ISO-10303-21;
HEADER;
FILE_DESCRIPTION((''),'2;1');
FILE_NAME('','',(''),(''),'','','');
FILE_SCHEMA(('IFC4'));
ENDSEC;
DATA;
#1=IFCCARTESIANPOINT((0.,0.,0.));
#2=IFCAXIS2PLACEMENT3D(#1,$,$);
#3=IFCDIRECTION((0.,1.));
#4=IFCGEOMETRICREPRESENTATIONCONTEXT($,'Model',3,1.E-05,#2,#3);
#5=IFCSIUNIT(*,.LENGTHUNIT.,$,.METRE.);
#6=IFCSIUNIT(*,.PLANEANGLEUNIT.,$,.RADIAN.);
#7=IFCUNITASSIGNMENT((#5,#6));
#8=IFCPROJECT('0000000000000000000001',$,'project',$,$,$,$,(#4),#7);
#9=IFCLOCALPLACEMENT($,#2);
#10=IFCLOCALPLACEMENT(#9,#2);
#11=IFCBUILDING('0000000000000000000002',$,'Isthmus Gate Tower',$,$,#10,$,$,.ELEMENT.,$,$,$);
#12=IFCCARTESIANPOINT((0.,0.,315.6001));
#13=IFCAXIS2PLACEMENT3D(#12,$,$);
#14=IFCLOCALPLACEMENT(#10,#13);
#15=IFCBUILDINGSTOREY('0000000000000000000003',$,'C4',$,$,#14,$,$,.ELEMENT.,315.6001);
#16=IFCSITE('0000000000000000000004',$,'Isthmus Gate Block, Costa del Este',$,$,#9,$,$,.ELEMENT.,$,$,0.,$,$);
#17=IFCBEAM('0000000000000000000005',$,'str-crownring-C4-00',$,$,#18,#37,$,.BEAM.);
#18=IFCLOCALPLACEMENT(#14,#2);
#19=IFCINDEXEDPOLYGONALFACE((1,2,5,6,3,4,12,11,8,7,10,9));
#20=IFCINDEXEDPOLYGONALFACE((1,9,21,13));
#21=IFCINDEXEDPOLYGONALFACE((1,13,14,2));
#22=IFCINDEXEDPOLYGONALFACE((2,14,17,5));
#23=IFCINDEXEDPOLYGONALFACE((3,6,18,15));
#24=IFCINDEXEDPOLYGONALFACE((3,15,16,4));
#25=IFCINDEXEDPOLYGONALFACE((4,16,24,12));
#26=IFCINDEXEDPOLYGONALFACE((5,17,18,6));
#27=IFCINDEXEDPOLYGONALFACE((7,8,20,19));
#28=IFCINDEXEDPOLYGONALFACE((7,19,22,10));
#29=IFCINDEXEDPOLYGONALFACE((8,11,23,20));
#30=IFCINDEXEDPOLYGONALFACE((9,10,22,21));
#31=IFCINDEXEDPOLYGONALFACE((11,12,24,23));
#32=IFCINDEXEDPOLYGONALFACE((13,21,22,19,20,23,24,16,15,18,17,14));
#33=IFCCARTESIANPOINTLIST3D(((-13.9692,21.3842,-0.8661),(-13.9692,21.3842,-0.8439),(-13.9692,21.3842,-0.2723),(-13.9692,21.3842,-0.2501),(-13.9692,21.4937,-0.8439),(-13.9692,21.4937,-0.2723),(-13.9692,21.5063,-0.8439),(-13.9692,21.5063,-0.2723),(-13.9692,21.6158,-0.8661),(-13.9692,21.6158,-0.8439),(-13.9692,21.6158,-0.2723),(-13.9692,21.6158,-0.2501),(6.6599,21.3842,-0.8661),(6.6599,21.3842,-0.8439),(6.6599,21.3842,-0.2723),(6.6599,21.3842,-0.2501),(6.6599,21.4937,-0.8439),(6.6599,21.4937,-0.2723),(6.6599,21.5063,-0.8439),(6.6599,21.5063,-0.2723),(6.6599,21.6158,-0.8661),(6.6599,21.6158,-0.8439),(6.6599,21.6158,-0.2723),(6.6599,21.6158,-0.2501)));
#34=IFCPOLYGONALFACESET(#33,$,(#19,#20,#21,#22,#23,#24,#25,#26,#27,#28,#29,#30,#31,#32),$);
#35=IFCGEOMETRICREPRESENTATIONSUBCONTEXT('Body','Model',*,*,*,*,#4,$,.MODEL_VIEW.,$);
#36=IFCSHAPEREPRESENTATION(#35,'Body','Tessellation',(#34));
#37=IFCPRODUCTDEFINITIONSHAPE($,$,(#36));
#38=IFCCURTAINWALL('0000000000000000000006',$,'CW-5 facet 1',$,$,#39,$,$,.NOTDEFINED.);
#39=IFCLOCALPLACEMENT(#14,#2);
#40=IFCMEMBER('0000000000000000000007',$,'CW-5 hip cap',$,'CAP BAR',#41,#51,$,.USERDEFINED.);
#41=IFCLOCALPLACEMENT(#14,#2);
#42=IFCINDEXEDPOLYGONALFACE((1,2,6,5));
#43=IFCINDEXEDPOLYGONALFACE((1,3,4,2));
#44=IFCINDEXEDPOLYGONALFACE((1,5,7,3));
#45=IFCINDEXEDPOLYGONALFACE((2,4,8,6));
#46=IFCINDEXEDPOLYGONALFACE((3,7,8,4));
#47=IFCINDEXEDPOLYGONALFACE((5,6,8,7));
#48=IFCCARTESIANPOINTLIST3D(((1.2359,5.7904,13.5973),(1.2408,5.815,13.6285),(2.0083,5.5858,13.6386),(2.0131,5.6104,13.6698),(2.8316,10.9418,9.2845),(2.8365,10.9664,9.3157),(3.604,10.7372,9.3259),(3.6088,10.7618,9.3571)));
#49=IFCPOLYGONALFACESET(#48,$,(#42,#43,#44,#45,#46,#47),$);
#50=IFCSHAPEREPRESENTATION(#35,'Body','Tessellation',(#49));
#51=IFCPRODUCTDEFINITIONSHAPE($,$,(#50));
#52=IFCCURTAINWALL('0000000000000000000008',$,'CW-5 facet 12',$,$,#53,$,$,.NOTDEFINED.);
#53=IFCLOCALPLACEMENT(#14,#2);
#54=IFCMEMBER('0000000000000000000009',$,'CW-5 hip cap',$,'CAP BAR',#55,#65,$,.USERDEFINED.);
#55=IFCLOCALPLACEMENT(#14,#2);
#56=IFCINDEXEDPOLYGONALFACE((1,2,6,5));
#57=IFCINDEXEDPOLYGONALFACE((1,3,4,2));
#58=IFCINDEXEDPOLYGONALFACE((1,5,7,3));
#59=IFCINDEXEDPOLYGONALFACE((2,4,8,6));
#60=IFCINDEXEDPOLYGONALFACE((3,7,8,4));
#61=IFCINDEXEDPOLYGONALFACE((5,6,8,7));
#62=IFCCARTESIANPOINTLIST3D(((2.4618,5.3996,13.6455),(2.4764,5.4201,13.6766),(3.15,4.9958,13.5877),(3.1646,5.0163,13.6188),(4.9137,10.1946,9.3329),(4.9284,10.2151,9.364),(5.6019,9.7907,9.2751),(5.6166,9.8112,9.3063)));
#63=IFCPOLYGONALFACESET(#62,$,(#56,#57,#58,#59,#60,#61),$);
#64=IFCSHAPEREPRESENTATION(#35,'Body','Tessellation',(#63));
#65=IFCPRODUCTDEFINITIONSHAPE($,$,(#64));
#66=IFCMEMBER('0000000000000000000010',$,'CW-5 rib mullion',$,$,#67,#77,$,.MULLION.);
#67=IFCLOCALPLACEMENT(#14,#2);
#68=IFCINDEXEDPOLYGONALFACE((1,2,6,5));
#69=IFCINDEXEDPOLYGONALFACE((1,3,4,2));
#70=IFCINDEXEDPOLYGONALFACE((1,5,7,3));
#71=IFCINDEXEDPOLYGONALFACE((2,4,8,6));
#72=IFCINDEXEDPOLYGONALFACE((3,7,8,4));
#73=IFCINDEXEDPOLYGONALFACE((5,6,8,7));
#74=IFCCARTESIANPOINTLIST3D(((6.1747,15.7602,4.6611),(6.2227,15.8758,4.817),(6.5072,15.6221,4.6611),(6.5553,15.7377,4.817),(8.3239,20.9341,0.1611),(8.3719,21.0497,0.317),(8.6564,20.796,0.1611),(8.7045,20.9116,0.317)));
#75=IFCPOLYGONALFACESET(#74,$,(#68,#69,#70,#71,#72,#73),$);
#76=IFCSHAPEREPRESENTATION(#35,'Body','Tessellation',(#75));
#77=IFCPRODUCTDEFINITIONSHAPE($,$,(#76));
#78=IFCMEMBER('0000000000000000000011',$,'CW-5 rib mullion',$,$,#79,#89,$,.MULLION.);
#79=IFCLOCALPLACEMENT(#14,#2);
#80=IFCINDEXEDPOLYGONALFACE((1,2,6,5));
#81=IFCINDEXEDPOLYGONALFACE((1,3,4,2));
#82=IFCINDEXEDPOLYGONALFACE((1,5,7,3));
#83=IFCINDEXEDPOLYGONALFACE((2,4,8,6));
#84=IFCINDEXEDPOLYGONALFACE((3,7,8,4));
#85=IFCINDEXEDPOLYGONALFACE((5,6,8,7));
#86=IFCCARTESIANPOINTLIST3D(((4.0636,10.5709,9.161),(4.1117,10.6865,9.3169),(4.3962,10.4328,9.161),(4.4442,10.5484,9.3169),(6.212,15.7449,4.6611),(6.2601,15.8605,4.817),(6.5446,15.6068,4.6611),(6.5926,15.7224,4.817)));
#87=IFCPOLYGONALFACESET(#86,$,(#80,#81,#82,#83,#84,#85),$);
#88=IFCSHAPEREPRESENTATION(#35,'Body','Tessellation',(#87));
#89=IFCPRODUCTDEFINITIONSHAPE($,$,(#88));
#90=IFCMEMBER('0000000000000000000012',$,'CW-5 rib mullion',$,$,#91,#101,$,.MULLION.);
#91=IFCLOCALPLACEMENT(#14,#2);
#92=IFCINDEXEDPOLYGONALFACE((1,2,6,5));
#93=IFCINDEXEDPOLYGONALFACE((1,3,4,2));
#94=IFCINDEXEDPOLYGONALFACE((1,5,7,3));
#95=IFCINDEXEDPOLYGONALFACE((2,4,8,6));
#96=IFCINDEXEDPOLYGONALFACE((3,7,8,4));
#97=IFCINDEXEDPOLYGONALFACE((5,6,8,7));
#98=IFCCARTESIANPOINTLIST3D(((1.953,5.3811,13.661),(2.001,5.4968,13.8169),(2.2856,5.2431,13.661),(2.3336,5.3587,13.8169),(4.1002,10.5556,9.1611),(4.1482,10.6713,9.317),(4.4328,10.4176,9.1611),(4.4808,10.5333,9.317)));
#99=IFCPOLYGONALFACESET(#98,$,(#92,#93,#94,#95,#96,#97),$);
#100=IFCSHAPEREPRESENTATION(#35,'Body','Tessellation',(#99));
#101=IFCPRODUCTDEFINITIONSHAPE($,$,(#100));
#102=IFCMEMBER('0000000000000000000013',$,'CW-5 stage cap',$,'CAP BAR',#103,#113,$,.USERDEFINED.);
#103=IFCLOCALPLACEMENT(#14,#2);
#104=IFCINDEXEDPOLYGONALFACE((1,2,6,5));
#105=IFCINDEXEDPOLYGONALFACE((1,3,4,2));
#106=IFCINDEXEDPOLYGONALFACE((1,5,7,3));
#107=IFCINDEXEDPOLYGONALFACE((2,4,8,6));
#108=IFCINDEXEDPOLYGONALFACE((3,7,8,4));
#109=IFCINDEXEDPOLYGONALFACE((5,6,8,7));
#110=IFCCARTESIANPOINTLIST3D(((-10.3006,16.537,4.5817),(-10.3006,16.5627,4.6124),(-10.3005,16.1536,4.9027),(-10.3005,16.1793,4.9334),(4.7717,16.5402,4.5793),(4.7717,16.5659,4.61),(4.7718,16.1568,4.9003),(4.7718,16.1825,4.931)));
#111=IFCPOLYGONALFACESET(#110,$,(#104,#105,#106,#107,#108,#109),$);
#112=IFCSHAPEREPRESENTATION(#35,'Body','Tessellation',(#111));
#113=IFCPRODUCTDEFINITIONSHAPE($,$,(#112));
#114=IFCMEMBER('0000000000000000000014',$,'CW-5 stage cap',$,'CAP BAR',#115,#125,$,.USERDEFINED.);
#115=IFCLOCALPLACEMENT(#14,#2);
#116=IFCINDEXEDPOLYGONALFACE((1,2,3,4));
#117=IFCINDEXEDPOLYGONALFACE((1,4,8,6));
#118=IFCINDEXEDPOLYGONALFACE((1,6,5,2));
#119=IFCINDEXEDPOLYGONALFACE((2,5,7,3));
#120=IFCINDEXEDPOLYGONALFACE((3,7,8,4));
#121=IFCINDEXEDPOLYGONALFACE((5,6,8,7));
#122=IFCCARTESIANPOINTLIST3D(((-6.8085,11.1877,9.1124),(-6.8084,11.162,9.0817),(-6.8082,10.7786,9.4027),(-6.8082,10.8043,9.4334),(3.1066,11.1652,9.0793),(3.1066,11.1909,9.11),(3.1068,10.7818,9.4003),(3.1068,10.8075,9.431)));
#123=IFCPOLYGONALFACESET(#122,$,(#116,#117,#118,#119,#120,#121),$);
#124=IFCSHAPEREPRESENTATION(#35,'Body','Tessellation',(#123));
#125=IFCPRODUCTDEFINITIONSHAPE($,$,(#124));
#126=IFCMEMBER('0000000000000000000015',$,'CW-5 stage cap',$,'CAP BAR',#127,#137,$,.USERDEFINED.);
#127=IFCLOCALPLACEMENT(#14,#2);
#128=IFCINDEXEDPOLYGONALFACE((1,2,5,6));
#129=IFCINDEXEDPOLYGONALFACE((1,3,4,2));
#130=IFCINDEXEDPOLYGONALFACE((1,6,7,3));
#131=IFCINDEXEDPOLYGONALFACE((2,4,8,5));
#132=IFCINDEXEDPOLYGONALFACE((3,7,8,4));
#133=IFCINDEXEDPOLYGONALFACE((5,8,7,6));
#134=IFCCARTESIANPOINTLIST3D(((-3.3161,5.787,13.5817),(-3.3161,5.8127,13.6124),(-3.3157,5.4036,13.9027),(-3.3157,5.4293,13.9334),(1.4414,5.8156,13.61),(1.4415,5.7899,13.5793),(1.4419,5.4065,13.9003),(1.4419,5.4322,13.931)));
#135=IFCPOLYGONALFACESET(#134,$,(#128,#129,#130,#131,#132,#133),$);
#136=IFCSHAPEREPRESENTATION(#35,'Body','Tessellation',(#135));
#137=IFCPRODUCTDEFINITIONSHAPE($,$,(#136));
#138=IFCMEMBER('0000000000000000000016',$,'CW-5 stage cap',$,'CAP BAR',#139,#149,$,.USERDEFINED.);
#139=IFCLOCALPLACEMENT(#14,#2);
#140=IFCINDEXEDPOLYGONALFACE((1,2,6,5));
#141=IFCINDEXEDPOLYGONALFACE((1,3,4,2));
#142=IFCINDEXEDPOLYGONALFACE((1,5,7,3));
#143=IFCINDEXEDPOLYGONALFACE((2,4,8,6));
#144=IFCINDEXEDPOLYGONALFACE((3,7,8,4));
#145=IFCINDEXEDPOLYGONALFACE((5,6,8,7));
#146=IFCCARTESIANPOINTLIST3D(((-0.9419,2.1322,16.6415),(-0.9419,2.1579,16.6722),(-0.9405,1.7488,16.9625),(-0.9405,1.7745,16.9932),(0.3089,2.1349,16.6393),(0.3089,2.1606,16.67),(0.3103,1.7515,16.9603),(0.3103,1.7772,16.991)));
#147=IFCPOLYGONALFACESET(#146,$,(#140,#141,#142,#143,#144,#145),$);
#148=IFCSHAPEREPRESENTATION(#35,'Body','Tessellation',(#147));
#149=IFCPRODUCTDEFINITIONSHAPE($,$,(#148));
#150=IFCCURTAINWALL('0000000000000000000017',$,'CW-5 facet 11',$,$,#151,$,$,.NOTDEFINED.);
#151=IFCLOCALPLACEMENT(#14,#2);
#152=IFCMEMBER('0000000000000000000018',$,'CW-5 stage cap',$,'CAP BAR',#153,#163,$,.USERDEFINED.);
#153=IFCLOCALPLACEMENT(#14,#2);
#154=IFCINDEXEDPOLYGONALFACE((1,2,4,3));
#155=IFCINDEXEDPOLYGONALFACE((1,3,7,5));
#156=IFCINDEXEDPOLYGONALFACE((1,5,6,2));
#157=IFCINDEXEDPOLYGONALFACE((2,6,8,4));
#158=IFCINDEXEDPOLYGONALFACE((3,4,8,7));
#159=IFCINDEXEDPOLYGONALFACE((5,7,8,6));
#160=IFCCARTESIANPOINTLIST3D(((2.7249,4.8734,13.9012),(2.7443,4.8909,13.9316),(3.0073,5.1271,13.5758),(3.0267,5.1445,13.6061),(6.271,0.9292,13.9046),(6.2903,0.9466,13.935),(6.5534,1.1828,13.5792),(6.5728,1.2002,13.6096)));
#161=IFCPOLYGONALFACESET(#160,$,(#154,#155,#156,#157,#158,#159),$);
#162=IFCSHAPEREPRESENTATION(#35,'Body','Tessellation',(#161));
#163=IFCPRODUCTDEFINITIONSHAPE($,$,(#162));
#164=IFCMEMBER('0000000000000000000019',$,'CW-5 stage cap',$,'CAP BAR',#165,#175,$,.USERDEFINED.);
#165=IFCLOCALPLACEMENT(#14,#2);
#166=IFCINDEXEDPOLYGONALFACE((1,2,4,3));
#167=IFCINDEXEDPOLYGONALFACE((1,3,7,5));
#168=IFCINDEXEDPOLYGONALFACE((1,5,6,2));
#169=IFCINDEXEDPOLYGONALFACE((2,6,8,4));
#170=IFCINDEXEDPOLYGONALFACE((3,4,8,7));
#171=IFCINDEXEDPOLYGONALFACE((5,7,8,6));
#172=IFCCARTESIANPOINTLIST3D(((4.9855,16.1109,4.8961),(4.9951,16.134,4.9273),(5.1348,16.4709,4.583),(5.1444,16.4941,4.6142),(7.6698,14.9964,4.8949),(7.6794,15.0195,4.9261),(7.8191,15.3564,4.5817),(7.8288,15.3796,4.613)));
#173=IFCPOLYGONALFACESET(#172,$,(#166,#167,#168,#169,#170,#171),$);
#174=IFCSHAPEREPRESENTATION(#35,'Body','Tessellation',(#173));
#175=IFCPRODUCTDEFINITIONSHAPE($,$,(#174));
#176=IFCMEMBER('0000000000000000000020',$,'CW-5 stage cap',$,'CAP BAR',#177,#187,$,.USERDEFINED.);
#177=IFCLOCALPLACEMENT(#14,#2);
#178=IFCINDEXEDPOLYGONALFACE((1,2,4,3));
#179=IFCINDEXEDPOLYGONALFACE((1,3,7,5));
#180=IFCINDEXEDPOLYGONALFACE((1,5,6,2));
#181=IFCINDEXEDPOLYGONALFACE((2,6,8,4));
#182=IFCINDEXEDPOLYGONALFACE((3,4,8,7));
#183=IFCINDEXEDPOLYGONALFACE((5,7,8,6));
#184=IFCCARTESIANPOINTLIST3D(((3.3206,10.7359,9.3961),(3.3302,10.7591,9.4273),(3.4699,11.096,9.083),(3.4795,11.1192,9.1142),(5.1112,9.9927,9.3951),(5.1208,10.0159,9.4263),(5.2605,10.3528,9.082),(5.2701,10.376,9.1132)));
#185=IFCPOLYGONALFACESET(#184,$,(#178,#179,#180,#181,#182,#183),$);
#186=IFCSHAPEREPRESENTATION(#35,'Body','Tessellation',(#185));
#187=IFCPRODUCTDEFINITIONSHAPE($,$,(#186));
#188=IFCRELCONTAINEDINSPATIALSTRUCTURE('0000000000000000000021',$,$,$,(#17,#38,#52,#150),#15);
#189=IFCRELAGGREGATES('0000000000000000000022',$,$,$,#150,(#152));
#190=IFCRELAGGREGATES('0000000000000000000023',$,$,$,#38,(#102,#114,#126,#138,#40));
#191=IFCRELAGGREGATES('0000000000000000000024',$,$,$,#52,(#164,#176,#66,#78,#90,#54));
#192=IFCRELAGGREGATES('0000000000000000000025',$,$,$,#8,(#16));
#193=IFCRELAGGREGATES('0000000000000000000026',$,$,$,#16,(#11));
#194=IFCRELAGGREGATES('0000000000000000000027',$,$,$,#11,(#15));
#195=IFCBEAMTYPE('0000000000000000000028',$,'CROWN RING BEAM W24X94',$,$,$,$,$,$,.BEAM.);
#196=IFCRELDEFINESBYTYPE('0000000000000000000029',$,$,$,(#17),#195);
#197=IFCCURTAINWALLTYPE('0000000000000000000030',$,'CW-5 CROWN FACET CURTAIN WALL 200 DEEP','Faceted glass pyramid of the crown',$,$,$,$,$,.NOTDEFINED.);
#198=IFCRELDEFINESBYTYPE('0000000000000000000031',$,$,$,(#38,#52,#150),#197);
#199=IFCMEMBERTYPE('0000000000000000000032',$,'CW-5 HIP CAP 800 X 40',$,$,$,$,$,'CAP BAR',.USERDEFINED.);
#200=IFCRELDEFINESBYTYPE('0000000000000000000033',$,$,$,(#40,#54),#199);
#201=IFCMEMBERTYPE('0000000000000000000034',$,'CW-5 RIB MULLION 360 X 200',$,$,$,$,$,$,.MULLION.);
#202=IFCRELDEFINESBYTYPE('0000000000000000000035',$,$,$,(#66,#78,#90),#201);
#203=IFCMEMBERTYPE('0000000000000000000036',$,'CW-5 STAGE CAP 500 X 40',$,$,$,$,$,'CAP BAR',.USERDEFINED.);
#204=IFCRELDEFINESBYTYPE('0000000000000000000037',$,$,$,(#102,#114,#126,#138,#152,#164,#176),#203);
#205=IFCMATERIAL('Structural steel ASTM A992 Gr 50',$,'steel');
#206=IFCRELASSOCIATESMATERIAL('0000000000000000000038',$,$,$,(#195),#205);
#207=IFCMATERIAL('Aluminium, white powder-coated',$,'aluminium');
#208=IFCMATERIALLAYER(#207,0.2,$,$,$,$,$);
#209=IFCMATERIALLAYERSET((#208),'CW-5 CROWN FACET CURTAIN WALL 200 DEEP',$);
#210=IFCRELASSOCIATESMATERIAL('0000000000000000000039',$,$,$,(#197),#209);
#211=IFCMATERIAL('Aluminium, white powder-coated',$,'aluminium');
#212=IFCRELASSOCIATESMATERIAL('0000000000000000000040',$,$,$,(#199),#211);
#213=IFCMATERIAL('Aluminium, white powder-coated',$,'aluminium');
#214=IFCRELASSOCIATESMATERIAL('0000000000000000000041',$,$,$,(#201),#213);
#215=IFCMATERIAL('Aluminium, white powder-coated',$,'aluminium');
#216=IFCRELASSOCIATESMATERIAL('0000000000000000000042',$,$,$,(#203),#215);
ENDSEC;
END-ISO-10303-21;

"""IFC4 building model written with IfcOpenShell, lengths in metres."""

from ifc_helpers import new_model, si_unit, direction, frame, origin, origin_2d, place, context, subcontext, project, spatial, rectangle, i_section, extrude, material, layer, layer_set, material_profile, profile_set, type_object, element, aggregate, save


model = new_model("IFC4")

# Units and contexts
model_context = context("Model", 3, precision=1e-05, world=origin(), true_north=direction((0.0, 1.0)))
body_context = subcontext(model_context, "Body", "Model", "MODEL_VIEW")
ifc_project = project(units=[si_unit("LENGTHUNIT", "METRE"), si_unit("PLANEANGLEUNIT", "RADIAN")], contexts=[model_context])

# Site, building, storey
site_placement = place(None, origin())
site = spatial("IfcSite", under=ifc_project, at=site_placement, Name="Isthmus Gate Block, Costa del Este", CompositionType="ELEMENT", RefElevation=0.0)
building_placement = place(site_placement, origin())
building = spatial("IfcBuilding", under=site, at=building_placement, Name="Isthmus Gate Tower", CompositionType="ELEMENT")
storey_placement = place(building_placement, frame((0.0, 0.0, 315.6001)))
storey = spatial("IfcBuildingStorey", under=building, at=storey_placement, Name="C4", CompositionType="ELEMENT", Elevation=315.6001)

# Beam
ifc_material_1 = material(Name="Structural steel ASTM A992 Gr 50", Category="steel")
ifc_material_profile_1 = material_profile(ifc_material_1, i_section(OverallWidth=0.2317, OverallDepth=0.616, WebThickness=0.0127, FlangeThickness=0.0222, at=origin_2d()), Name="W24X94")
ifc_profile_set_1 = profile_set([ifc_material_profile_1], Name="Structural steel ASTM A992 Gr 50")
beam_type = type_object("IfcBeamType", Name="CROWN RING BEAM W24X94", PredefinedType="BEAM", material=ifc_profile_set_1)
beam_placement = place(storey_placement, frame((6.6599, 21.5, -0.5581), z_axis=(-1.0, 0.0, 0.0), x_axis=(0.0, -1.0, 0.0)))
element("IfcBeam", 1, at=beam_placement, inside=storey, type_object=beam_type, Name="str-crownring-C4-00", PredefinedType="BEAM", context=body_context, shape_type="SweptSolid", body=[
    extrude(i_section(OverallWidth=0.2317, OverallDepth=0.616, WebThickness=0.0127, FlangeThickness=0.0222, at=origin_2d()), origin(), (0.0, 0.0, 1.0), 20.6292),
])

# Curtain wall, member
ifc_material_2 = material(Name="Aluminium, white powder-coated", Category="aluminium")
ifc_layer_1 = layer(ifc_material_2, 0.2)
ifc_layer_set_1 = layer_set([ifc_layer_1], Name="CW-5 CROWN FACET CURTAIN WALL 200 DEEP")
curtain_wall_type = type_object("IfcCurtainWallType", Name="CW-5 CROWN FACET CURTAIN WALL 200 DEEP", Description="Faceted glass pyramid of the crown", PredefinedType="NOTDEFINED", material=ifc_layer_set_1)
curtain_wall_1_placement = place(storey_placement, origin())
curtain_wall_1 = element("IfcCurtainWall", 2, at=curtain_wall_1_placement, inside=storey, type_object=curtain_wall_type, Name="CW-5 facet 1", PredefinedType="NOTDEFINED")
ifc_material_3 = material(Name="Aluminium, white powder-coated", Category="aluminium")
ifc_material_profile_2 = material_profile(ifc_material_3, rectangle(XDim=0.8, YDim=0.04, at=origin_2d()), Name="800x40")
ifc_profile_set_2 = profile_set([ifc_material_profile_2], Name="Aluminium, white powder-coated")
member_type_1 = type_object("IfcMemberType", Name="CW-5 HIP CAP 800 X 40", ElementType="CAP BAR", PredefinedType="USERDEFINED", material=ifc_profile_set_2)
placement_1 = place(building_placement, frame((0.0, 0.0, 324.6001)))
member_1_placement = place(placement_1, frame((3.2202, 10.8518, 0.3208), z_axis=(-0.231085, -0.746006, 0.624559), x_axis=(0.96536, -0.255749, 0.0517)))
member_1 = element("IfcMember", 3, at=member_1_placement, type_object=member_type_1, Name="CW-5 hip cap", ObjectType="CAP BAR", PredefinedType="USERDEFINED", context=body_context, shape_type="SweptSolid", body=[
    extrude(rectangle(XDim=0.8, YDim=0.04, at=origin_2d()), origin(), (0.0, 0.0, 1.0), 6.9053),
])

# Curtain wall, members
curtain_wall_2_placement = place(storey_placement, origin())
curtain_wall_2 = element("IfcCurtainWall", 4, at=curtain_wall_2_placement, inside=storey, type_object=curtain_wall_type, Name="CW-5 facet 12", PredefinedType="NOTDEFINED")
member_2_placement = place(placement_1, frame((5.2651, 10.0029, 0.3196), z_axis=(-0.355383, -0.694984, 0.625061), x_axis=(0.860202, -0.504814, -0.072211)))
member_2 = element("IfcMember", 5, at=member_2_placement, type_object=member_type_1, Name="CW-5 hip cap", ObjectType="CAP BAR", PredefinedType="USERDEFINED", context=body_context, shape_type="SweptSolid", body=[
    extrude(rectangle(XDim=0.8, YDim=0.04, at=origin_2d()), origin(), (0.0, 0.0, 1.0), 6.8994),
])
ifc_material_4 = material(Name="Aluminium, white powder-coated", Category="aluminium")
ifc_material_profile_3 = material_profile(ifc_material_4, rectangle(XDim=0.3601, YDim=0.2, at=origin_2d()), Name="360x200")
ifc_profile_set_3 = profile_set([ifc_material_profile_3], Name="Aluminium, white powder-coated")
member_type_2 = type_object("IfcMemberType", Name="CW-5 RIB MULLION 360 X 200", PredefinedType="MULLION", material=ifc_profile_set_3)
member_3_placement = place(storey_placement, frame((8.5142, 20.9229, 0.239), z_axis=(-0.299081, -0.719995, 0.626225), x_axis=(0.923494, -0.383613, 0.0)))
member_3 = element("IfcMember", 6, at=member_3_placement, type_object=member_type_2, Name="CW-5 rib mullion", PredefinedType="MULLION", context=body_context, shape_type="SweptSolid", body=[
    extrude(rectangle(XDim=0.3601, YDim=0.2, at=origin_2d()), origin(), (0.0, 0.0, 1.0), 7.186),
])
placement_2 = place(building_placement, frame((0.0, 0.0, 320.1001)))
member_4_placement = place(placement_2, frame((6.4023, 15.7336, 0.239), z_axis=(-0.298981, -0.720034, 0.626228), x_axis=(0.923547, -0.383486, 0.0)))
member_4 = element("IfcMember", 7, at=member_4_placement, type_object=member_type_2, Name="CW-5 rib mullion", PredefinedType="MULLION", context=body_context, shape_type="SweptSolid", body=[
    extrude(rectangle(XDim=0.3601, YDim=0.2, at=origin_2d()), origin(), (0.0, 0.0, 1.0), 7.1858),
])
member_5_placement = place(placement_1, frame((4.2905, 10.5444, 0.239), z_axis=(-0.298811, -0.720103, 0.62623), x_axis=(0.923637, -0.383269, 0.0)))
member_5 = element("IfcMember", 8, at=member_5_placement, type_object=member_type_2, Name="CW-5 rib mullion", PredefinedType="MULLION", context=body_context, shape_type="SweptSolid", body=[
    extrude(rectangle(XDim=0.3601, YDim=0.2, at=origin_2d()), origin(), (0.0, 0.0, 1.0), 7.1858),
])

# Members
ifc_material_5 = material(Name="Aluminium, white powder-coated", Category="aluminium")
ifc_material_profile_4 = material_profile(ifc_material_5, rectangle(XDim=0.5, YDim=0.04, at=origin_2d()), Name="500x40")
ifc_profile_set_4 = profile_set([ifc_material_profile_4], Name="Aluminium, white powder-coated")
member_type_3 = type_object("IfcMemberType", Name="CW-5 STAGE CAP 500 X 40", ElementType="CAP BAR", PredefinedType="USERDEFINED", material=ifc_profile_set_4)
member_6_placement = place(storey_placement, frame((4.7717, 16.3613, 4.7551), z_axis=(-1.0, -0.000211, 0.000162), x_axis=(0.000265, -0.766758, 0.641937)))
member_6 = element("IfcMember", 9, at=member_6_placement, type_object=member_type_3, Name="CW-5 stage cap", ObjectType="CAP BAR", PredefinedType="USERDEFINED", context=body_context, shape_type="SweptSolid", body=[
    extrude(rectangle(XDim=0.5, YDim=0.04, at=origin_2d()), origin(), (0.0, 0.0, 1.0), 15.0723),
])
member_7_placement = place(placement_2, frame((3.1067, 10.9863, 4.7551), z_axis=(-1.0, -0.00032, 0.000246), x_axis=(0.000404, -0.766758, 0.641937)))
member_7 = element("IfcMember", 10, at=member_7_placement, type_object=member_type_3, Name="CW-5 stage cap", ObjectType="CAP BAR", PredefinedType="USERDEFINED", context=body_context, shape_type="SweptSolid", body=[
    extrude(rectangle(XDim=0.5, YDim=0.04, at=origin_2d()), origin(), (0.0, 0.0, 1.0), 9.915),
])
member_8_placement = place(placement_1, frame((1.4417, 5.6111, 4.7551), z_axis=(-1.0, -0.000616, 0.000513), x_axis=(0.000802, -0.766757, 0.641936)))
member_8 = element("IfcMember", 11, at=member_8_placement, type_object=member_type_3, Name="CW-5 stage cap", ObjectType="CAP BAR", PredefinedType="USERDEFINED", context=body_context, shape_type="SweptSolid", body=[
    extrude(rectangle(XDim=0.5, YDim=0.04, at=origin_2d()), origin(), (0.0, 0.0, 1.0), 4.7576),
])
placement_3 = place(building_placement, frame((0.0, 0.0, 329.1001)))
member_9_placement = place(placement_3, frame((0.3096, 1.9561, 3.3152), z_axis=(-0.999996, -0.002147, 0.001757), x_axis=(0.002774, -0.766755, 0.641934)))
member_9 = element("IfcMember", 12, at=member_9_placement, type_object=member_type_3, Name="CW-5 stage cap", ObjectType="CAP BAR", PredefinedType="USERDEFINED", context=body_context, shape_type="SweptSolid", body=[
    extrude(rectangle(XDim=0.5, YDim=0.04, at=origin_2d()), origin(), (0.0, 0.0, 1.0), 1.2507),
])

# Curtain wall, member
curtain_wall_3_placement = place(storey_placement, origin())
curtain_wall_3 = element("IfcCurtainWall", 13, at=curtain_wall_3_placement, inside=storey, type_object=curtain_wall_type, Name="CW-5 facet 11", PredefinedType="NOTDEFINED")
member_10_placement = place(placement_1, frame((6.4219, 1.0647, 4.7571), z_axis=(-0.668573, 0.743646, -0.000644), x_axis=(-0.564869, -0.50728, 0.650838)))
member_10 = element("IfcMember", 14, at=member_10_placement, type_object=member_type_3, Name="CW-5 stage cap", ObjectType="CAP BAR", PredefinedType="USERDEFINED", context=body_context, shape_type="SweptSolid", body=[
    extrude(rectangle(XDim=0.5, YDim=0.04, at=origin_2d()), origin(), (0.0, 0.0, 1.0), 5.304),
])
aggregate(curtain_wall_3, [member_10])

# Members
member_11_placement = place(storey_placement, frame((7.7493, 15.188, 4.7539), z_axis=(-0.923561, 0.383452, 0.00042), x_axis=(-0.29871, -0.720141, 0.626234)))
member_11 = element("IfcMember", 15, at=member_11_placement, type_object=member_type_3, Name="CW-5 stage cap", ObjectType="CAP BAR", PredefinedType="USERDEFINED", context=body_context, shape_type="SweptSolid", body=[
    extrude(rectangle(XDim=0.5, YDim=0.04, at=origin_2d()), origin(), (0.0, 0.0, 1.0), 2.9065),
])
member_12_placement = place(placement_2, frame((5.1907, 10.1843, 4.7542), z_axis=(-0.923605, 0.383345, 0.000504), x_axis=(-0.298578, -0.720196, 0.626234)))
member_12 = element("IfcMember", 16, at=member_12_placement, type_object=member_type_3, Name="CW-5 stage cap", ObjectType="CAP BAR", PredefinedType="USERDEFINED", context=body_context, shape_type="SweptSolid", body=[
    extrude(rectangle(XDim=0.5, YDim=0.04, at=origin_2d()), origin(), (0.0, 0.0, 1.0), 1.9387),
])

aggregate(curtain_wall_1, [member_6, member_7, member_8, member_9, member_1])
aggregate(curtain_wall_2, [member_11, member_12, member_3, member_4, member_5, member_2])

save(model, "model.ifc")
